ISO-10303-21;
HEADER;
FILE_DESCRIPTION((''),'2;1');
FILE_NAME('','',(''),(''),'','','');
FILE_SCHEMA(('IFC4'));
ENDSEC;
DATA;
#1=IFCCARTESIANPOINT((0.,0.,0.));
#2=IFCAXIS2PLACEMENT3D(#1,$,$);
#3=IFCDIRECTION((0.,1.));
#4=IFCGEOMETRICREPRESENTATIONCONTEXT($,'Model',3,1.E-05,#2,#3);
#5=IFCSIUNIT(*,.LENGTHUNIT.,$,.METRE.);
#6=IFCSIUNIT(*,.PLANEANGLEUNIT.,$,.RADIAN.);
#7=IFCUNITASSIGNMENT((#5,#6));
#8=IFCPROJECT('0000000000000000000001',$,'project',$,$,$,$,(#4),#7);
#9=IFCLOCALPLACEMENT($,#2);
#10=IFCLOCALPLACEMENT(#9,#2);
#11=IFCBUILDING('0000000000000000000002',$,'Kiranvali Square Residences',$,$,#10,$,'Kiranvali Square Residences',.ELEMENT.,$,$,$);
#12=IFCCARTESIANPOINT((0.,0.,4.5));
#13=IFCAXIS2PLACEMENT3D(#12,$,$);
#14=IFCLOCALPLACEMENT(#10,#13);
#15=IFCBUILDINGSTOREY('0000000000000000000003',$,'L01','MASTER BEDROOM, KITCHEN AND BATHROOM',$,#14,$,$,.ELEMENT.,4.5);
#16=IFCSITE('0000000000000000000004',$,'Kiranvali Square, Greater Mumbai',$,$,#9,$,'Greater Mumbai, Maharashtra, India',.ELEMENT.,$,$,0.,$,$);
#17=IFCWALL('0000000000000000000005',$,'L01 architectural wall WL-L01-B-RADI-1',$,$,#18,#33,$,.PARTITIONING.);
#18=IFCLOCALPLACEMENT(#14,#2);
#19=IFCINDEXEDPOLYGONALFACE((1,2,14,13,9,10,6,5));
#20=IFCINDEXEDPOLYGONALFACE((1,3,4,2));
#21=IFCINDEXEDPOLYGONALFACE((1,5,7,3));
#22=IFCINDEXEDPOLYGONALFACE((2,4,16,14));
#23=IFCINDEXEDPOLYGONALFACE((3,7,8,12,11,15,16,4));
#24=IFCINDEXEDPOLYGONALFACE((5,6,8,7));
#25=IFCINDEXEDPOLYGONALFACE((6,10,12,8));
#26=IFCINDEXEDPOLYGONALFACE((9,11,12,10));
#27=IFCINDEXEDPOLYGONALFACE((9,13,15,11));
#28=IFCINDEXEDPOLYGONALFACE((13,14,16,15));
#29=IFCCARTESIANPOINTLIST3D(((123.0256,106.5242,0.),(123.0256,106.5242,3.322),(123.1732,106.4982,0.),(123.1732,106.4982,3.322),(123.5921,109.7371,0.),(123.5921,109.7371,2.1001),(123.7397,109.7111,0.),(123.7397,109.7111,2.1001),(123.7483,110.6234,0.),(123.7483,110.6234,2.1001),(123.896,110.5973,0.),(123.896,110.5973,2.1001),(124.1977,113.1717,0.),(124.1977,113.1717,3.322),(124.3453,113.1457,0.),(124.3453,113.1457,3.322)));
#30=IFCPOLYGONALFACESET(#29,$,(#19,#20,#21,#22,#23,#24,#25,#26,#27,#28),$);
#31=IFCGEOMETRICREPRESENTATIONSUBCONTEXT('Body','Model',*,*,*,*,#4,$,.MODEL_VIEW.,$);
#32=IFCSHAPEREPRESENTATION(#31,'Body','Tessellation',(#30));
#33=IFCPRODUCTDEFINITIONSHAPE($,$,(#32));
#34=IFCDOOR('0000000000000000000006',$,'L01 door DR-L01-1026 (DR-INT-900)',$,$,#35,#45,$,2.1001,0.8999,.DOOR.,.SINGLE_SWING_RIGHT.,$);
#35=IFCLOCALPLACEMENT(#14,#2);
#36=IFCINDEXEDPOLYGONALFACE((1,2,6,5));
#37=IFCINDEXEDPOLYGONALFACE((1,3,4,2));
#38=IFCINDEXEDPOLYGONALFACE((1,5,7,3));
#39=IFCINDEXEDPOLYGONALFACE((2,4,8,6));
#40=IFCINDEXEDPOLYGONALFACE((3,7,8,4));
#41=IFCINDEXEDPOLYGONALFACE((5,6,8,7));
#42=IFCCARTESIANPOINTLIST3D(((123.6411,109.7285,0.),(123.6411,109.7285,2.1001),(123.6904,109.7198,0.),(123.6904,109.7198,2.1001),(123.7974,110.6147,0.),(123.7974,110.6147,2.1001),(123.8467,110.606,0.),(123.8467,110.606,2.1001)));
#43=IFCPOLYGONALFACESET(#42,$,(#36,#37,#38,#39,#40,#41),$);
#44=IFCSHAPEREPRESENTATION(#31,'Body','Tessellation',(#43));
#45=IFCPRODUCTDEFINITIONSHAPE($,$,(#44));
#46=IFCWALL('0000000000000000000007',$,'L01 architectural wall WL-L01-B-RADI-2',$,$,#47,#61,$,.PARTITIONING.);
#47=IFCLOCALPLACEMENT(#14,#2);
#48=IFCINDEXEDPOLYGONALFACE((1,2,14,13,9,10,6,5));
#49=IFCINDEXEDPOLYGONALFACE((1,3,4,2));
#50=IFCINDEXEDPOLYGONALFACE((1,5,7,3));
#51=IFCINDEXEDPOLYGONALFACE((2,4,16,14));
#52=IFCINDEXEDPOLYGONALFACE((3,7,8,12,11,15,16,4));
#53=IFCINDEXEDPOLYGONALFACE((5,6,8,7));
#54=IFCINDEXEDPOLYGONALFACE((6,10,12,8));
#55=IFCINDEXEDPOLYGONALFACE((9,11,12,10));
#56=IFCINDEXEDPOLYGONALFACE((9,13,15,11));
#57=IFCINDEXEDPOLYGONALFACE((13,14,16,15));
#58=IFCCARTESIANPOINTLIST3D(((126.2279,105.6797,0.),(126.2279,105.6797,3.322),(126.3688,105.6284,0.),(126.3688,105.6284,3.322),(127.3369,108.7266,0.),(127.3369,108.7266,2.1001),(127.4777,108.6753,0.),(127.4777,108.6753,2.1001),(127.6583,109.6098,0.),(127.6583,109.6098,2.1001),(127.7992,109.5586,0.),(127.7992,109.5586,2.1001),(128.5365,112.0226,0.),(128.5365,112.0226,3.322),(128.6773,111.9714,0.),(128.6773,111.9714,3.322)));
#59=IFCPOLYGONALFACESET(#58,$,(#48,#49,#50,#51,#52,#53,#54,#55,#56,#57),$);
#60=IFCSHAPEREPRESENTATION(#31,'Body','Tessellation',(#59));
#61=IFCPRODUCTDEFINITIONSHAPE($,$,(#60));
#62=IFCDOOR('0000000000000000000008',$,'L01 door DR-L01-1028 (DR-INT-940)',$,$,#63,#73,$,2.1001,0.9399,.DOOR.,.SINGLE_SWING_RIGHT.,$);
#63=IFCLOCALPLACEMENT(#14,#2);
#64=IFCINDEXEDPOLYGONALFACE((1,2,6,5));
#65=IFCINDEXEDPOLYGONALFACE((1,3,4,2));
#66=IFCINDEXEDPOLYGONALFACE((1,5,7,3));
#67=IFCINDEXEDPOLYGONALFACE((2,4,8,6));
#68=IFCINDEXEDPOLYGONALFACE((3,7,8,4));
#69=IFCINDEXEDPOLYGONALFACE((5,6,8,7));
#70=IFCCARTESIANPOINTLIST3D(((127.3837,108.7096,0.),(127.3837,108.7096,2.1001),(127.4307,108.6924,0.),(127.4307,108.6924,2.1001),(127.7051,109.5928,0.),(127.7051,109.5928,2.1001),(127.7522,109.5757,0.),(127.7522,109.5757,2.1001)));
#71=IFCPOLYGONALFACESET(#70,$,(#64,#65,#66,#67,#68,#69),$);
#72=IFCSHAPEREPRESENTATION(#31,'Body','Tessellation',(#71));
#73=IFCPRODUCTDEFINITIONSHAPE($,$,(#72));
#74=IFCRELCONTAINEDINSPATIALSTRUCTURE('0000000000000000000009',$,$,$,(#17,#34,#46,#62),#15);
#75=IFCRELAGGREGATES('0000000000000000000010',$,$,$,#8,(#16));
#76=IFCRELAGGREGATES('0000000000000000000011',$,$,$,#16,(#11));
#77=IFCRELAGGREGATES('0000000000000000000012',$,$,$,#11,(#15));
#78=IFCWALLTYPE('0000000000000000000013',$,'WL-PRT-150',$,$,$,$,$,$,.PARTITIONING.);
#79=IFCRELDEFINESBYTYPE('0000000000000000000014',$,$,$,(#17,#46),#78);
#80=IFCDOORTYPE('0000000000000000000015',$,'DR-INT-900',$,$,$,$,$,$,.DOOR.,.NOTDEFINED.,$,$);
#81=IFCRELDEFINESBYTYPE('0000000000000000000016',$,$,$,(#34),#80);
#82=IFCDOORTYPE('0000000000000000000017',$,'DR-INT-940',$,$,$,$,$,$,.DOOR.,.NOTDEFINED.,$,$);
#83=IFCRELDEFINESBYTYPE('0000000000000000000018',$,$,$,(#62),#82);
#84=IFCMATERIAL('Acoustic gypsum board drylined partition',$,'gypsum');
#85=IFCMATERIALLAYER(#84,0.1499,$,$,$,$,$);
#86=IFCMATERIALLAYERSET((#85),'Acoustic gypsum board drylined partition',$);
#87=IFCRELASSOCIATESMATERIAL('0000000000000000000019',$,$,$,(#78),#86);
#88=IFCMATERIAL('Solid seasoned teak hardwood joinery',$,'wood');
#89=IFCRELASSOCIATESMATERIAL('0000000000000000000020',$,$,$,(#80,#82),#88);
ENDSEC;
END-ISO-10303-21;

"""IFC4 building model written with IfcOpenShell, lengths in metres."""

from ifc_helpers import new_model, si_unit, direction, frame, frame_2d, origin, place, context, subcontext, project, spatial, rectangle, extrude, material, layer, layer_set, type_object, element, fill, save


model = new_model("IFC4")

# Units and contexts
model_context = context("Model", 3, precision=1e-05, world=origin(), true_north=direction((0.0, 1.0)))
body_context = subcontext(model_context, "Body", "Model", "MODEL_VIEW")
ifc_project = project(units=[si_unit("LENGTHUNIT", "METRE"), si_unit("PLANEANGLEUNIT", "RADIAN")], contexts=[model_context])

# Site, building, storey
site_placement = place(None, origin())
site = spatial("IfcSite", under=ifc_project, at=site_placement, Name="Kiranvali Square, Greater Mumbai", LongName="Greater Mumbai, Maharashtra, India", CompositionType="ELEMENT", RefElevation=0.0)
building_placement = place(site_placement, origin())
building = spatial("IfcBuilding", under=site, at=building_placement, Name="Kiranvali Square Residences", LongName="Kiranvali Square Residences", CompositionType="ELEMENT")
storey_placement = place(building_placement, frame((0.0, 0.0, 4.5)))
storey = spatial("IfcBuildingStorey", under=building, at=storey_placement, Name="L01", Description="MASTER BEDROOM, KITCHEN AND BATHROOM", CompositionType="ELEMENT", Elevation=4.5)

# Walls, openings, doors
ifc_material_1 = material(Name="Acoustic gypsum board drylined partition", Category="gypsum")
ifc_layer_1 = layer(ifc_material_1, 0.1499)
ifc_layer_set_1 = layer_set([ifc_layer_1], Name="Acoustic gypsum board drylined partition")
wall_type = type_object("IfcWallType", Name="WL-PRT-150", PredefinedType="PARTITIONING", material=ifc_layer_set_1)
wall_1_placement = place(storey_placement, frame((123.0994, 106.5112, 0.0), z_axis=(0.0, 0.0, 1.0), x_axis=(0.173647, 0.984808, 0.0)))
wall_1 = element("IfcWall", 1, at=wall_1_placement, inside=storey, type_object=wall_type, Name="L01 architectural wall WL-L01-B-RADI-1", PredefinedType="PARTITIONING", context=body_context, shape_type="SweptSolid", body=[
    extrude(rectangle(XDim=6.75, YDim=0.1499, at=frame_2d((3.375, 0.0))), origin(), (0.0, 0.0, 1.0), 3.322),
])
opening_1_placement = place(wall_1_placement, frame((3.2625, 0.0, 0.0)))
opening_1 = element("IfcOpeningElement", 2, at=opening_1_placement, cuts=wall_1, PredefinedType="OPENING", context=body_context, shape_type="SweptSolid", body=[
    extrude(rectangle(XDim=0.8999, YDim=2.1001, at=frame_2d((0.45, 1.05))), frame((0.0, 0.085, 0.0), z_axis=(0.0, -1.0, 0.0), x_axis=(1.0, 0.0, 0.0)), (0.0, 0.0, 1.0), 0.1699),
])
ifc_material_2 = material(Name="Solid seasoned teak hardwood joinery", Category="wood")
door_type_1 = type_object("IfcDoorType", Name="DR-INT-900", OperationType="NOTDEFINED", PredefinedType="DOOR", material=ifc_material_2)
door_1_placement = place(opening_1_placement, frame((0.8999, 0.0, 0.0), z_axis=(0.0, 0.0, 1.0), x_axis=(-1.0, 0.0, 0.0)))
door_1 = element("IfcDoor", 3, at=door_1_placement, inside=storey, type_object=door_type_1, Name="L01 door DR-L01-1026 (DR-INT-900)", OperationType="SINGLE_SWING_RIGHT", OverallHeight=2.1001, OverallWidth=0.8999, PredefinedType="DOOR", context=body_context, shape_type="SweptSolid", body=[
    extrude(rectangle(XDim=0.8999, YDim=2.1001, at=frame_2d((0.45, 1.05))), frame((0.0, 0.0249, 0.0), z_axis=(0.0, -1.0, 0.0), x_axis=(1.0, 0.0, 0.0)), (0.0, 0.0, 1.0), 0.05),
])
fill(opening_1, door_1)
wall_2_placement = place(storey_placement, frame((126.2983, 105.6541, 0.0), z_axis=(0.0, 0.0, 1.0), x_axis=(0.34201, 0.939696, 0.0)))
wall_2 = element("IfcWall", 4, at=wall_2_placement, inside=storey, type_object=wall_type, Name="L01 architectural wall WL-L01-B-RADI-2", PredefinedType="PARTITIONING", context=body_context, shape_type="SweptSolid", body=[
    extrude(rectangle(XDim=6.75, YDim=0.1499, at=frame_2d((3.375, 0.0))), origin(), (0.0, 0.0, 1.0), 3.322),
])
opening_2_placement = place(wall_2_placement, frame((3.2424, 0.0, 0.0)))
opening_2 = element("IfcOpeningElement", 5, at=opening_2_placement, cuts=wall_2, PredefinedType="OPENING", context=body_context, shape_type="SweptSolid", body=[
    extrude(rectangle(XDim=0.9399, YDim=2.1001, at=frame_2d((0.47, 1.05))), frame((0.0, 0.085, 0.0), z_axis=(0.0, -1.0, 0.0), x_axis=(1.0, 0.0, 0.0)), (0.0, 0.0, 1.0), 0.1699),
])
door_type_2 = type_object("IfcDoorType", Name="DR-INT-940", OperationType="NOTDEFINED", PredefinedType="DOOR", material=ifc_material_2)
door_2_placement = place(opening_2_placement, frame((0.9399, 0.0, 0.0), z_axis=(0.0, 0.0, 1.0), x_axis=(-1.0, 0.0, 0.0)))
door_2 = element("IfcDoor", 6, at=door_2_placement, inside=storey, type_object=door_type_2, Name="L01 door DR-L01-1028 (DR-INT-940)", OperationType="SINGLE_SWING_RIGHT", OverallHeight=2.1001, OverallWidth=0.9399, PredefinedType="DOOR", context=body_context, shape_type="SweptSolid", body=[
    extrude(rectangle(XDim=0.9399, YDim=2.1001, at=frame_2d((0.47, 1.05))), frame((0.0, 0.0249, 0.0), z_axis=(0.0, -1.0, 0.0), x_axis=(1.0, 0.0, 0.0)), (0.0, 0.0, 1.0), 0.05),
])
fill(opening_2, door_2)

save(model, "model.ifc")
